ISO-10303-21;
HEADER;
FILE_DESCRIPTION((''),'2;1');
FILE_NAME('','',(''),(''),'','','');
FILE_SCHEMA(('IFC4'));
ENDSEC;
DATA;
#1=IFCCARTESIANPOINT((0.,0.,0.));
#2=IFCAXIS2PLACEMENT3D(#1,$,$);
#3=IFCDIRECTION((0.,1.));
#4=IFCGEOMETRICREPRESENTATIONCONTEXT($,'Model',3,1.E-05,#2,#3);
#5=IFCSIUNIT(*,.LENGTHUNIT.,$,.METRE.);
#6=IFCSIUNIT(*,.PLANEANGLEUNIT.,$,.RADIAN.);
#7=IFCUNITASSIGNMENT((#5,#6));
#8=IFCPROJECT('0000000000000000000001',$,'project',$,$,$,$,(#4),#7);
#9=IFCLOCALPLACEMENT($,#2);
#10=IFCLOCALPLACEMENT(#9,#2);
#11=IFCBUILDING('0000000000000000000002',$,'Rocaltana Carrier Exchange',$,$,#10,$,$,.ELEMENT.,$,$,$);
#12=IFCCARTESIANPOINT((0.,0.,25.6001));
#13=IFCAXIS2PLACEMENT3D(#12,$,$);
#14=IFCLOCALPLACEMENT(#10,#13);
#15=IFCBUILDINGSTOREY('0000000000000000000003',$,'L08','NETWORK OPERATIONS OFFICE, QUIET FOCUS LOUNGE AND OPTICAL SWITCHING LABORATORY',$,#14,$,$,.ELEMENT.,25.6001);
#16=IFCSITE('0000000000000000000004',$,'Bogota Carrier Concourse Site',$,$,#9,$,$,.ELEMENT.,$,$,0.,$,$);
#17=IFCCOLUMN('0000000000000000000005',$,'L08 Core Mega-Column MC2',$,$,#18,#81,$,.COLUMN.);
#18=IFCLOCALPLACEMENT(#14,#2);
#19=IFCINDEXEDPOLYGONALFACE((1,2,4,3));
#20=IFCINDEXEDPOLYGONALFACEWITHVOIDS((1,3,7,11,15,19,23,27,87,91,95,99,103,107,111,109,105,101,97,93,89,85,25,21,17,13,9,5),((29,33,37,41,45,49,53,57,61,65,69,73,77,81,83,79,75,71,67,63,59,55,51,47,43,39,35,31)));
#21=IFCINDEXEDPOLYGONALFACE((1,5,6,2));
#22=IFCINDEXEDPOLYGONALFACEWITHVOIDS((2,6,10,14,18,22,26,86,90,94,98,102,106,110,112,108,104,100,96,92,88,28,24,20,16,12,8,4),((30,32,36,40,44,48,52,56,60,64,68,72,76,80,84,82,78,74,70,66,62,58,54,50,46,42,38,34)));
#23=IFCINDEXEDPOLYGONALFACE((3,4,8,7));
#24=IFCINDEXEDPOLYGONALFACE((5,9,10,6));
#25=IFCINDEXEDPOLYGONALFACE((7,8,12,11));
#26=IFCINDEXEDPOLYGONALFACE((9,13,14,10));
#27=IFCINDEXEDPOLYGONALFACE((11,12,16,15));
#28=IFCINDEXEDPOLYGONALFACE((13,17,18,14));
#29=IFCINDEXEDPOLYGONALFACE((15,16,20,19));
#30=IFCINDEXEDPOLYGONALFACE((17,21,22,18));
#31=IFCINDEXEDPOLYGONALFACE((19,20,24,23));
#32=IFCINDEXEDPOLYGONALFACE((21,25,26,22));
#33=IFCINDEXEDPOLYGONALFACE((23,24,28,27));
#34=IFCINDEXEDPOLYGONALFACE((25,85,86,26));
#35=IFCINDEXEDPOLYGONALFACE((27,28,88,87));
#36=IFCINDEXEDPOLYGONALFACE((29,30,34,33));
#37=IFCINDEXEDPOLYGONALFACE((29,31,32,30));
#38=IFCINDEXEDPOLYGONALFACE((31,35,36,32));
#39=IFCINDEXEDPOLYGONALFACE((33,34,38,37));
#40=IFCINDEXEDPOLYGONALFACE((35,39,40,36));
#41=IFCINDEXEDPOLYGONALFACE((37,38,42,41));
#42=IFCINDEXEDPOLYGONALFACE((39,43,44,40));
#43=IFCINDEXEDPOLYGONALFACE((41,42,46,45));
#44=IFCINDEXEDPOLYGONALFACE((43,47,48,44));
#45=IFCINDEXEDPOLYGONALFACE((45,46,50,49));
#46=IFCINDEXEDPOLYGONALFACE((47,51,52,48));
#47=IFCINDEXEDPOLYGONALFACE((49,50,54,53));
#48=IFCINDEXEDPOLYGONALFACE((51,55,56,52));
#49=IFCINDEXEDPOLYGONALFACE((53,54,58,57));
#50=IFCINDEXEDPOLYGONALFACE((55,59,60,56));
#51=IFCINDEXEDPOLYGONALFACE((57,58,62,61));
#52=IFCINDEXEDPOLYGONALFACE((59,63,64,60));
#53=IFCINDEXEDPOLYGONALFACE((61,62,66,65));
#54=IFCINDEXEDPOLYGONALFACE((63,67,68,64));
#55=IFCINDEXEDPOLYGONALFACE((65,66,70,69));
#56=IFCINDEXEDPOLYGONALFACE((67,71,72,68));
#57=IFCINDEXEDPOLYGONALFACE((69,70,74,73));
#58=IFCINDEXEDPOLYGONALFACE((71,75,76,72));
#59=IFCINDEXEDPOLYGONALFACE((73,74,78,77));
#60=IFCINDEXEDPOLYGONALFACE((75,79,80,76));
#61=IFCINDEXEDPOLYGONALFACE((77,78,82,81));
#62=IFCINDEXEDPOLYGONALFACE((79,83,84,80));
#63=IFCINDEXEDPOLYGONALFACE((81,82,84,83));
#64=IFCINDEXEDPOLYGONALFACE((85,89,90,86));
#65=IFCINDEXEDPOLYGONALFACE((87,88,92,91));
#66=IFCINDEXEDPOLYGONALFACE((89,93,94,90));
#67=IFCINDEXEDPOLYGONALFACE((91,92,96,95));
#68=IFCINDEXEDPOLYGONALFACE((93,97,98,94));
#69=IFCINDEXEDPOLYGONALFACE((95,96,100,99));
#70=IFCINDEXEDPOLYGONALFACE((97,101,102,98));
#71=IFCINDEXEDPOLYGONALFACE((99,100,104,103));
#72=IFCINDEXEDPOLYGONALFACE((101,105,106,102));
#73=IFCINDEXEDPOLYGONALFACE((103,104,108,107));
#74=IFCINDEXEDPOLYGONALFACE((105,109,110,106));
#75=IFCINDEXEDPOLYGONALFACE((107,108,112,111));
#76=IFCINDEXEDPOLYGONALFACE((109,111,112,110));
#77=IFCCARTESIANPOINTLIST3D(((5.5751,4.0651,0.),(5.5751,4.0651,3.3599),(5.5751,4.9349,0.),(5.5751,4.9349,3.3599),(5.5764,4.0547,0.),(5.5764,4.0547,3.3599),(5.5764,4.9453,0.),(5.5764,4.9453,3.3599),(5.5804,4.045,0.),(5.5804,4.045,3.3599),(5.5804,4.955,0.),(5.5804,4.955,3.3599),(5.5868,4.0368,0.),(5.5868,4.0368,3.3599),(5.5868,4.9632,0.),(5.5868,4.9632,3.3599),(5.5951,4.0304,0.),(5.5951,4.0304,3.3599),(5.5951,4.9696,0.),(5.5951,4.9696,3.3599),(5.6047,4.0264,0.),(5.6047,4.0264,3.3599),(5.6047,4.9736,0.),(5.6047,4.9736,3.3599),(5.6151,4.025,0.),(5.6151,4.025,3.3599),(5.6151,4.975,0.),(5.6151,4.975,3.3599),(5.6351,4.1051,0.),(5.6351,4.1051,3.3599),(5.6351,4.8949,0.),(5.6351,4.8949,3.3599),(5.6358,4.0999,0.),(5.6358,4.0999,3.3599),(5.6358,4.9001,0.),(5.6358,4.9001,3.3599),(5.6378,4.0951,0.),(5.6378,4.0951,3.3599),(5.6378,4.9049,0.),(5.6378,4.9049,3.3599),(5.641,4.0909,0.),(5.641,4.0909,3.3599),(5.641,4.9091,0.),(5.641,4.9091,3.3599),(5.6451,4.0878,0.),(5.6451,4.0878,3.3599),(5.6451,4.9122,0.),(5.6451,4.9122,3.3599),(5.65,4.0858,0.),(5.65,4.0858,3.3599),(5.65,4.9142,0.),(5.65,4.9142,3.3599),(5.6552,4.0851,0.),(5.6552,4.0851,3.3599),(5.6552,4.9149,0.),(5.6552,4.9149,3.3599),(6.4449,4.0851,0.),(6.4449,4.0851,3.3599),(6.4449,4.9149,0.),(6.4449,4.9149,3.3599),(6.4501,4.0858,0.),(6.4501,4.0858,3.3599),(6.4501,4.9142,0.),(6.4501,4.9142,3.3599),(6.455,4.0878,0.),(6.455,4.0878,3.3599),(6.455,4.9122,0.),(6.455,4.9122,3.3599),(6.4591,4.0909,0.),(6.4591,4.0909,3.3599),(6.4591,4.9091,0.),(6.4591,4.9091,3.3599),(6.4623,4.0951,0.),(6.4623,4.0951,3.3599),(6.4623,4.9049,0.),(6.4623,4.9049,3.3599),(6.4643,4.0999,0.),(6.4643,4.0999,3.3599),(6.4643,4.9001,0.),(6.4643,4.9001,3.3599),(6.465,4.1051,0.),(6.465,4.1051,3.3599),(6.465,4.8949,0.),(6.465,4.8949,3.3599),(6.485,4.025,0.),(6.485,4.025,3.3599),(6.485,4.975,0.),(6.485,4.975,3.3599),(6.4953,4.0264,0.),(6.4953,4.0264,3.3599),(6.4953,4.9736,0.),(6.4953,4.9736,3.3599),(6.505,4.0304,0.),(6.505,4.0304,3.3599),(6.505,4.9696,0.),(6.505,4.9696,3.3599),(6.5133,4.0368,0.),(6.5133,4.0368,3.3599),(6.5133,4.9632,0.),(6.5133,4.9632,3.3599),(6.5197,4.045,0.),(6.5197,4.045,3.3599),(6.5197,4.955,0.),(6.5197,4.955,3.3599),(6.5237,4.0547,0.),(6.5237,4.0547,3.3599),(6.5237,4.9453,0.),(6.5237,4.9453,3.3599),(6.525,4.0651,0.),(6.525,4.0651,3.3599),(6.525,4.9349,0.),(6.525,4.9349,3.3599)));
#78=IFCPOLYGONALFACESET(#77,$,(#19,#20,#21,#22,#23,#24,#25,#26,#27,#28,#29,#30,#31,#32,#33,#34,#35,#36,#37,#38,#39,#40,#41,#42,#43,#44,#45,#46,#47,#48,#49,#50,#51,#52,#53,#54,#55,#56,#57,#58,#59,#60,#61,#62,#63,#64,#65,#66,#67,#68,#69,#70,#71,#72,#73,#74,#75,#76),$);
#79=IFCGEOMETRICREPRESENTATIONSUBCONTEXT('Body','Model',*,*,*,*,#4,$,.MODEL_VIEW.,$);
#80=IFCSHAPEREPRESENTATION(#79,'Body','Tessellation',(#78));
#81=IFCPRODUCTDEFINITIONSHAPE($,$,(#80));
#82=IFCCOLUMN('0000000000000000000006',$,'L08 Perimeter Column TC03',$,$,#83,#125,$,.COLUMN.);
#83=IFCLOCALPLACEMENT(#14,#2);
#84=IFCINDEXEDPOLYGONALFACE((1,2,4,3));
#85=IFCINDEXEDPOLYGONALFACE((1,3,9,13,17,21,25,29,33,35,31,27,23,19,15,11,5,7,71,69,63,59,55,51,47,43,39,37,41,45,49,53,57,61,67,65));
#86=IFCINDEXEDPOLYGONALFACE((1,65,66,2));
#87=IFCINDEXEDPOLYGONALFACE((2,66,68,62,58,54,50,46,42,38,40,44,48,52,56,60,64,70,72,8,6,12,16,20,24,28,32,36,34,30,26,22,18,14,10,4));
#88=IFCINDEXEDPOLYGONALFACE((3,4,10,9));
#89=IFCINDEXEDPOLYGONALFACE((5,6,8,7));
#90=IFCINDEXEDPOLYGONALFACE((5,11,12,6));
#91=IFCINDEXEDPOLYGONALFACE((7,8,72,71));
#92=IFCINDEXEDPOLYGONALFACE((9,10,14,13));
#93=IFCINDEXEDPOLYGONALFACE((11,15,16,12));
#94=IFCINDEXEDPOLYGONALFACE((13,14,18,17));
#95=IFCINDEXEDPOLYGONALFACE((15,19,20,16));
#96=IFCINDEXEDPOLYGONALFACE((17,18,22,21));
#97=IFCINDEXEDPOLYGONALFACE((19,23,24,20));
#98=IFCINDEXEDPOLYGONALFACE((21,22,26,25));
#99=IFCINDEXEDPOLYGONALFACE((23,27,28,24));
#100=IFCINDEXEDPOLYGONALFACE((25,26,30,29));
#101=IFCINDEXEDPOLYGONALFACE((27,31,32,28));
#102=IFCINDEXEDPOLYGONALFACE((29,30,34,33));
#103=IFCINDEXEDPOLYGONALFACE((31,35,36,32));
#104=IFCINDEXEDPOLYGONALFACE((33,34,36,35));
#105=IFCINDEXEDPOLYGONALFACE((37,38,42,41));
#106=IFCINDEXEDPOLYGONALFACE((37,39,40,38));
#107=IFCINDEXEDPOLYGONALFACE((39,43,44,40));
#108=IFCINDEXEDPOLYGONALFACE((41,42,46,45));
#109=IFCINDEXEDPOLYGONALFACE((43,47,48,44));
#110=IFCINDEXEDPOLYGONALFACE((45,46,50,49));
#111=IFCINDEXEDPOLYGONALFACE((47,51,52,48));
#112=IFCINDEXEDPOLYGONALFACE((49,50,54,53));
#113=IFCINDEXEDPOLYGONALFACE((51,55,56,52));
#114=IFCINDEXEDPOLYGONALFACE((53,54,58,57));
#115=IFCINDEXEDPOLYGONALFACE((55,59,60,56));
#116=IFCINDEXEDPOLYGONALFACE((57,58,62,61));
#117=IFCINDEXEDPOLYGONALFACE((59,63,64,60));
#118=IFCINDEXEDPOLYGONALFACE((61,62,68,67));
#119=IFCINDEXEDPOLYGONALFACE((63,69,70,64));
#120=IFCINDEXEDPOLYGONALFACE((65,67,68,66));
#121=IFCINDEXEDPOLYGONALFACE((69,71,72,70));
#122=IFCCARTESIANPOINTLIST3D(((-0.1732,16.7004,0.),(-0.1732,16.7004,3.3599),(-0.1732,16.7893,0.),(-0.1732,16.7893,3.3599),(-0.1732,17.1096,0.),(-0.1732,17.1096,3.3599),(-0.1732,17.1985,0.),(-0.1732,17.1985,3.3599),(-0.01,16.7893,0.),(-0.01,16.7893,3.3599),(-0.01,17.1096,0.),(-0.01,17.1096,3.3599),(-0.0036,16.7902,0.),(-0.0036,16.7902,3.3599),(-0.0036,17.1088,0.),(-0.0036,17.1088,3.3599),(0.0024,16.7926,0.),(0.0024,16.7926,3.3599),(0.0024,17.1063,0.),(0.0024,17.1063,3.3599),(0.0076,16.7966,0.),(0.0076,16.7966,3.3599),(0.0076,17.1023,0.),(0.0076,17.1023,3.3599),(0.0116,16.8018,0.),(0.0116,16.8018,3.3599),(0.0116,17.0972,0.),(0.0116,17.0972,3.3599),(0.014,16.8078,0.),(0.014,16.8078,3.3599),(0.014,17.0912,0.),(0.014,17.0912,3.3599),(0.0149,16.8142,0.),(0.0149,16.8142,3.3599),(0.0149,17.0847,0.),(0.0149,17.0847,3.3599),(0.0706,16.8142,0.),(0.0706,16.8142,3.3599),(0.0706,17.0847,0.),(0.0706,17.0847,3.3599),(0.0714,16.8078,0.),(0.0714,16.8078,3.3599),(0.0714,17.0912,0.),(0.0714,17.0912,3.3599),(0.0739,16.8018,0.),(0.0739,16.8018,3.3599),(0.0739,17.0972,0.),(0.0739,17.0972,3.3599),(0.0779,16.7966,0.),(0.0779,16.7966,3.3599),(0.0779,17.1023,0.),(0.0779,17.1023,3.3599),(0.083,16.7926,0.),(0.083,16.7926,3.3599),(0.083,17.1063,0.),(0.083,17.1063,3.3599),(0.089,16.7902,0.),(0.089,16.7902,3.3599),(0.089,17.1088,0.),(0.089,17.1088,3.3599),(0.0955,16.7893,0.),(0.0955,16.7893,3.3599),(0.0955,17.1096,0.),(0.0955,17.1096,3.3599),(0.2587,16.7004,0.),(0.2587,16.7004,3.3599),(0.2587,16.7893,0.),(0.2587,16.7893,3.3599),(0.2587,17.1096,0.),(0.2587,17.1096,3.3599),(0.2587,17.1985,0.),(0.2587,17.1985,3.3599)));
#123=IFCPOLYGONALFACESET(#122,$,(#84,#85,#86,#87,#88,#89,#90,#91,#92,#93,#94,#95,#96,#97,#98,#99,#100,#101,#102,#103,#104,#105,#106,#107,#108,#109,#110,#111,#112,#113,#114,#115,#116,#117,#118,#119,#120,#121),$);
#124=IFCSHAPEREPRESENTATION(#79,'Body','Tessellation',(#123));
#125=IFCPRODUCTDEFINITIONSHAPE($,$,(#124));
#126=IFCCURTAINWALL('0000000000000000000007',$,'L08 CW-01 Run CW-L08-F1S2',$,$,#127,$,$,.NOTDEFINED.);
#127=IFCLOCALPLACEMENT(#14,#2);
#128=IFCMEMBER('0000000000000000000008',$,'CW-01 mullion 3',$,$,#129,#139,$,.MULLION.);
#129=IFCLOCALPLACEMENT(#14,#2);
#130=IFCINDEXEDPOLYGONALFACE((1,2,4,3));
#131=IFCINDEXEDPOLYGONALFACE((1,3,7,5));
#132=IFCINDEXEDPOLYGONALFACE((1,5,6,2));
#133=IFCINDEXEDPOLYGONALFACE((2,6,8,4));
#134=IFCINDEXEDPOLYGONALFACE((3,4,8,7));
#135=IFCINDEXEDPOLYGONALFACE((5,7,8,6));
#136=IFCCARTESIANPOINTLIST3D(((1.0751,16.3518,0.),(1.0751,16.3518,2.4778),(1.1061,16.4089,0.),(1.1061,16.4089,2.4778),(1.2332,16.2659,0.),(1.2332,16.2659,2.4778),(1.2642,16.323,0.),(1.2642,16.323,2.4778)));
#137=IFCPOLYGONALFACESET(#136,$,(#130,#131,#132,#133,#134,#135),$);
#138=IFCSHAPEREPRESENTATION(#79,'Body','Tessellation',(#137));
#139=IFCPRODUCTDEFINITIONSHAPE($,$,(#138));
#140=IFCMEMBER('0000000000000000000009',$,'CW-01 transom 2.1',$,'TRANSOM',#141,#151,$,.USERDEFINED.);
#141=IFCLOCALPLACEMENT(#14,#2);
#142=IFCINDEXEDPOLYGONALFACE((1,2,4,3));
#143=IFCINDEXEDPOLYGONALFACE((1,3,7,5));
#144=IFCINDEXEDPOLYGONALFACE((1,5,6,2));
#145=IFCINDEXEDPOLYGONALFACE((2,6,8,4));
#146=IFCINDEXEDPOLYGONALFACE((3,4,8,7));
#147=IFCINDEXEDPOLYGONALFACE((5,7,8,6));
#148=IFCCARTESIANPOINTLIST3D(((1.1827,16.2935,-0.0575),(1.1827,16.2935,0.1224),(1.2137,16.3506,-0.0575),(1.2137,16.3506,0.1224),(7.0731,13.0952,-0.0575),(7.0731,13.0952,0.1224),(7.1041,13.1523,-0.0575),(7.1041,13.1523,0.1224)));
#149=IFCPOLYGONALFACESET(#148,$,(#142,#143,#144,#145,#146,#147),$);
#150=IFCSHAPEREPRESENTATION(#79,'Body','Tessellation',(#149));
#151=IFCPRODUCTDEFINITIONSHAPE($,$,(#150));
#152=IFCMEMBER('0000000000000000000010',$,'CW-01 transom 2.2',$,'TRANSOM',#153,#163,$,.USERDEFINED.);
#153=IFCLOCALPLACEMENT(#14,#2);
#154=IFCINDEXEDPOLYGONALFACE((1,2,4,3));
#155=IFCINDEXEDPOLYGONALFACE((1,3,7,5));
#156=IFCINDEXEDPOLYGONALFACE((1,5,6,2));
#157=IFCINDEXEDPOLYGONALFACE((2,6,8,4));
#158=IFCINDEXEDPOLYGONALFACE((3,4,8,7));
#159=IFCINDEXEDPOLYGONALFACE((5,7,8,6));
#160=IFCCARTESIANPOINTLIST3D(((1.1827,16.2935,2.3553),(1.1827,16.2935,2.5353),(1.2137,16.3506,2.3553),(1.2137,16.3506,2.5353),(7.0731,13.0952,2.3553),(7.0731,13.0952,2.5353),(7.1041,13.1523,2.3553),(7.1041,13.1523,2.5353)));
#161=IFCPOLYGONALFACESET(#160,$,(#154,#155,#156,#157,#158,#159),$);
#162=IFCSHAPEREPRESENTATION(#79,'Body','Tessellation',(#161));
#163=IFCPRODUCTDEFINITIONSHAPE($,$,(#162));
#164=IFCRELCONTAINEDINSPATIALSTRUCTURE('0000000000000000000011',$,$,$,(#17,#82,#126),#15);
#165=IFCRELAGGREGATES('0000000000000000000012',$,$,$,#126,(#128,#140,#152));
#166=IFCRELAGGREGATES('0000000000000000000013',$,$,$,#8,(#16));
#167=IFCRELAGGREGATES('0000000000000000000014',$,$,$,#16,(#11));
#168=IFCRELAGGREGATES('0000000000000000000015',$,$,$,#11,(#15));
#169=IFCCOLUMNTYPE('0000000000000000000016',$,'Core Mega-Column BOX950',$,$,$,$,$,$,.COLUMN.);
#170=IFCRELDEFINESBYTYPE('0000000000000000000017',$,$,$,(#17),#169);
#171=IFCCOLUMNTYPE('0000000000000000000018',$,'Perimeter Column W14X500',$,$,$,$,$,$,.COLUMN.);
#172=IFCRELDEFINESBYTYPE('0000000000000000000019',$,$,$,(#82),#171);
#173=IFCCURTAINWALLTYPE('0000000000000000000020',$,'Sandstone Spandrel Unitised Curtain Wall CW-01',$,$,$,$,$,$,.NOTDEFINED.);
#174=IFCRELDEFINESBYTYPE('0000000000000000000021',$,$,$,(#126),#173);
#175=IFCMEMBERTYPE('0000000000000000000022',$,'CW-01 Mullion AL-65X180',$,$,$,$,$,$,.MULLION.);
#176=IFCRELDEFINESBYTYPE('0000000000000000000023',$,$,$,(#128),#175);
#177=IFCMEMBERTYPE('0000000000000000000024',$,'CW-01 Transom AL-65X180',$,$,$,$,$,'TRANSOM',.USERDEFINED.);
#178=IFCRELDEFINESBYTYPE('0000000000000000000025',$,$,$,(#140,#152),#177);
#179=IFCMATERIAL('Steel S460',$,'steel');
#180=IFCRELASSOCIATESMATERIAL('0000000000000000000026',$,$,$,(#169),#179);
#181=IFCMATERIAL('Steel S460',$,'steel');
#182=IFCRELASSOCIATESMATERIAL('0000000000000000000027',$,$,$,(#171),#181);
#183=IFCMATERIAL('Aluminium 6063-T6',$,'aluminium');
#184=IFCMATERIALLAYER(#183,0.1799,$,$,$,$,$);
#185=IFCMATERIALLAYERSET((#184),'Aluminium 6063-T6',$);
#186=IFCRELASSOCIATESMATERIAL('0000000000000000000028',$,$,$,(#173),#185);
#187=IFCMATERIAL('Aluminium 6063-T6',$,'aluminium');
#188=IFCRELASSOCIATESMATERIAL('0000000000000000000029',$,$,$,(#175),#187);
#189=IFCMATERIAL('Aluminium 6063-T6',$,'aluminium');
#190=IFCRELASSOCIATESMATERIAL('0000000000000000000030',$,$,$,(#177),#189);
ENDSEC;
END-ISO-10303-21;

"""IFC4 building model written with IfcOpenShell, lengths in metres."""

from ifc_helpers import new_model, si_unit, direction, frame, origin, origin_2d, place, context, subcontext, project, spatial, rectangle, hollow_rectangle, i_section, extrude, material, layer, layer_set, material_profile, profile_set, type_object, element, aggregate, save


model = new_model("IFC4")

# Units and contexts
model_context = context("Model", 3, precision=1e-05, world=origin(), true_north=direction((0.0, 1.0)))
body_context = subcontext(model_context, "Body", "Model", "MODEL_VIEW")
ifc_project = project(units=[si_unit("LENGTHUNIT", "METRE"), si_unit("PLANEANGLEUNIT", "RADIAN")], contexts=[model_context])

# Site, building, storey
site_placement = place(None, origin())
site = spatial("IfcSite", under=ifc_project, at=site_placement, Name="Bogota Carrier Concourse Site", CompositionType="ELEMENT", RefElevation=0.0)
building_placement = place(site_placement, origin())
building = spatial("IfcBuilding", under=site, at=building_placement, Name="Rocaltana Carrier Exchange", CompositionType="ELEMENT")
storey_placement = place(building_placement, frame((0.0, 0.0, 25.6001)))
storey = spatial("IfcBuildingStorey", under=building, at=storey_placement, Name="L08", Description="NETWORK OPERATIONS OFFICE, QUIET FOCUS LOUNGE AND OPTICAL SWITCHING LABORATORY", CompositionType="ELEMENT", Elevation=25.6001)

# Columns
ifc_material_1 = material(Name="Steel S460", Category="steel")
ifc_material_profile_1 = material_profile(ifc_material_1, hollow_rectangle(XDim=0.95, YDim=0.95, WallThickness=0.0601, InnerFilletRadius=0.02, OuterFilletRadius=0.04, at=origin_2d()), Name="BOX950X950X60")
ifc_profile_set_1 = profile_set([ifc_material_profile_1], Name="Steel S460")
column_type_1 = type_object("IfcColumnType", Name="Core Mega-Column BOX950", PredefinedType="COLUMN", material=ifc_profile_set_1)
column_1_placement = place(storey_placement, frame((6.05, 4.5, 0.0), z_axis=(0.0, 0.0, 1.0), x_axis=(1.0, 0.0, 0.0)))
element("IfcColumn", 1, at=column_1_placement, inside=storey, type_object=column_type_1, Name="L08 Core Mega-Column MC2", PredefinedType="COLUMN", context=body_context, shape_type="SweptSolid", body=[
    extrude(hollow_rectangle(XDim=0.95, YDim=0.95, WallThickness=0.0601, InnerFilletRadius=0.02, OuterFilletRadius=0.04, at=origin_2d()), origin(), (0.0, 0.0, 1.0), 3.3599),
])
ifc_material_2 = material(Name="Steel S460", Category="steel")
ifc_material_profile_2 = material_profile(ifc_material_2, i_section(OverallWidth=0.4319, OverallDepth=0.498, WebThickness=0.0557, FlangeThickness=0.0889, FilletRadius=0.0249, at=origin_2d()), Name="W14X500")
ifc_profile_set_2 = profile_set([ifc_material_profile_2], Name="Steel S460")
column_type_2 = type_object("IfcColumnType", Name="Perimeter Column W14X500", PredefinedType="COLUMN", material=ifc_profile_set_2)
column_2_placement = place(storey_placement, frame((0.0427, 16.9495, 0.0), z_axis=(0.0, 0.0, 1.0), x_axis=(1.0, 0.0, 0.0)))
element("IfcColumn", 2, at=column_2_placement, inside=storey, type_object=column_type_2, Name="L08 Perimeter Column TC03", PredefinedType="COLUMN", context=body_context, shape_type="SweptSolid", body=[
    extrude(i_section(OverallWidth=0.4319, OverallDepth=0.498, WebThickness=0.0557, FlangeThickness=0.0889, FilletRadius=0.0249, at=origin_2d()), origin(), (0.0, 0.0, 1.0), 3.3599),
])

# Curtain wall, members
ifc_material_3 = material(Name="Aluminium 6063-T6", Category="aluminium")
ifc_layer_1 = layer(ifc_material_3, 0.1799)
ifc_layer_set_1 = layer_set([ifc_layer_1], Name="Aluminium 6063-T6")
curtain_wall_type = type_object("IfcCurtainWallType", Name="Sandstone Spandrel Unitised Curtain Wall CW-01", PredefinedType="NOTDEFINED", material=ifc_layer_set_1)
curtain_wall_placement = place(storey_placement, origin())
curtain_wall = element("IfcCurtainWall", 3, at=curtain_wall_placement, inside=storey, type_object=curtain_wall_type, Name="L08 CW-01 Run CW-L08-F1S2", PredefinedType="NOTDEFINED")
ifc_material_4 = material(Name="Aluminium 6063-T6", Category="aluminium")
ifc_material_profile_3 = material_profile(ifc_material_4, rectangle(XDim=0.0649, YDim=0.1799, at=origin_2d()), Name="AL-65X180")
ifc_profile_set_3 = profile_set([ifc_material_profile_3], Name="Aluminium 6063-T6")
member_type_1 = type_object("IfcMemberType", Name="CW-01 Mullion AL-65X180", PredefinedType="MULLION", material=ifc_profile_set_3)
member_1_placement = place(storey_placement, frame((1.1697, 16.3374, 0.0), z_axis=(0.0, 0.0, 1.0), x_axis=(-0.477164, -0.878814, 0.0)))
member_1 = element("IfcMember", 4, at=member_1_placement, type_object=member_type_1, Name="CW-01 mullion 3", PredefinedType="MULLION", context=body_context, shape_type="SweptSolid", body=[
    extrude(rectangle(XDim=0.0649, YDim=0.1799, at=origin_2d()), origin(), (0.0, 0.0, 1.0), 2.4778),
])
ifc_material_5 = material(Name="Aluminium 6063-T6", Category="aluminium")
ifc_material_profile_4 = material_profile(ifc_material_5, rectangle(XDim=0.0649, YDim=0.1799, at=origin_2d()), Name="AL-65X180")
ifc_profile_set_4 = profile_set([ifc_material_profile_4], Name="Aluminium 6063-T6")
member_type_2 = type_object("IfcMemberType", Name="CW-01 Transom AL-65X180", ElementType="TRANSOM", PredefinedType="USERDEFINED", material=ifc_profile_set_4)
member_2_placement = place(storey_placement, frame((7.0886, 13.1238, 0.0325), z_axis=(-0.878815, 0.477162, 0.0), x_axis=(-0.477162, -0.878815, 0.0)))
member_2 = element("IfcMember", 5, at=member_2_placement, type_object=member_type_2, Name="CW-01 transom 2.1", ObjectType="TRANSOM", PredefinedType="USERDEFINED", context=body_context, shape_type="SweptSolid", body=[
    extrude(rectangle(XDim=0.0649, YDim=0.1799, at=origin_2d()), origin(), (0.0, 0.0, 1.0), 6.7026),
])
member_3_placement = place(storey_placement, frame((7.0886, 13.1238, 2.4453), z_axis=(-0.878815, 0.477162, 0.0), x_axis=(-0.477162, -0.878815, 0.0)))
member_3 = element("IfcMember", 6, at=member_3_placement, type_object=member_type_2, Name="CW-01 transom 2.2", ObjectType="TRANSOM", PredefinedType="USERDEFINED", context=body_context, shape_type="SweptSolid", body=[
    extrude(rectangle(XDim=0.0649, YDim=0.1799, at=origin_2d()), origin(), (0.0, 0.0, 1.0), 6.7026),
])

aggregate(curtain_wall, [member_1, member_2, member_3])

save(model, "model.ifc")
